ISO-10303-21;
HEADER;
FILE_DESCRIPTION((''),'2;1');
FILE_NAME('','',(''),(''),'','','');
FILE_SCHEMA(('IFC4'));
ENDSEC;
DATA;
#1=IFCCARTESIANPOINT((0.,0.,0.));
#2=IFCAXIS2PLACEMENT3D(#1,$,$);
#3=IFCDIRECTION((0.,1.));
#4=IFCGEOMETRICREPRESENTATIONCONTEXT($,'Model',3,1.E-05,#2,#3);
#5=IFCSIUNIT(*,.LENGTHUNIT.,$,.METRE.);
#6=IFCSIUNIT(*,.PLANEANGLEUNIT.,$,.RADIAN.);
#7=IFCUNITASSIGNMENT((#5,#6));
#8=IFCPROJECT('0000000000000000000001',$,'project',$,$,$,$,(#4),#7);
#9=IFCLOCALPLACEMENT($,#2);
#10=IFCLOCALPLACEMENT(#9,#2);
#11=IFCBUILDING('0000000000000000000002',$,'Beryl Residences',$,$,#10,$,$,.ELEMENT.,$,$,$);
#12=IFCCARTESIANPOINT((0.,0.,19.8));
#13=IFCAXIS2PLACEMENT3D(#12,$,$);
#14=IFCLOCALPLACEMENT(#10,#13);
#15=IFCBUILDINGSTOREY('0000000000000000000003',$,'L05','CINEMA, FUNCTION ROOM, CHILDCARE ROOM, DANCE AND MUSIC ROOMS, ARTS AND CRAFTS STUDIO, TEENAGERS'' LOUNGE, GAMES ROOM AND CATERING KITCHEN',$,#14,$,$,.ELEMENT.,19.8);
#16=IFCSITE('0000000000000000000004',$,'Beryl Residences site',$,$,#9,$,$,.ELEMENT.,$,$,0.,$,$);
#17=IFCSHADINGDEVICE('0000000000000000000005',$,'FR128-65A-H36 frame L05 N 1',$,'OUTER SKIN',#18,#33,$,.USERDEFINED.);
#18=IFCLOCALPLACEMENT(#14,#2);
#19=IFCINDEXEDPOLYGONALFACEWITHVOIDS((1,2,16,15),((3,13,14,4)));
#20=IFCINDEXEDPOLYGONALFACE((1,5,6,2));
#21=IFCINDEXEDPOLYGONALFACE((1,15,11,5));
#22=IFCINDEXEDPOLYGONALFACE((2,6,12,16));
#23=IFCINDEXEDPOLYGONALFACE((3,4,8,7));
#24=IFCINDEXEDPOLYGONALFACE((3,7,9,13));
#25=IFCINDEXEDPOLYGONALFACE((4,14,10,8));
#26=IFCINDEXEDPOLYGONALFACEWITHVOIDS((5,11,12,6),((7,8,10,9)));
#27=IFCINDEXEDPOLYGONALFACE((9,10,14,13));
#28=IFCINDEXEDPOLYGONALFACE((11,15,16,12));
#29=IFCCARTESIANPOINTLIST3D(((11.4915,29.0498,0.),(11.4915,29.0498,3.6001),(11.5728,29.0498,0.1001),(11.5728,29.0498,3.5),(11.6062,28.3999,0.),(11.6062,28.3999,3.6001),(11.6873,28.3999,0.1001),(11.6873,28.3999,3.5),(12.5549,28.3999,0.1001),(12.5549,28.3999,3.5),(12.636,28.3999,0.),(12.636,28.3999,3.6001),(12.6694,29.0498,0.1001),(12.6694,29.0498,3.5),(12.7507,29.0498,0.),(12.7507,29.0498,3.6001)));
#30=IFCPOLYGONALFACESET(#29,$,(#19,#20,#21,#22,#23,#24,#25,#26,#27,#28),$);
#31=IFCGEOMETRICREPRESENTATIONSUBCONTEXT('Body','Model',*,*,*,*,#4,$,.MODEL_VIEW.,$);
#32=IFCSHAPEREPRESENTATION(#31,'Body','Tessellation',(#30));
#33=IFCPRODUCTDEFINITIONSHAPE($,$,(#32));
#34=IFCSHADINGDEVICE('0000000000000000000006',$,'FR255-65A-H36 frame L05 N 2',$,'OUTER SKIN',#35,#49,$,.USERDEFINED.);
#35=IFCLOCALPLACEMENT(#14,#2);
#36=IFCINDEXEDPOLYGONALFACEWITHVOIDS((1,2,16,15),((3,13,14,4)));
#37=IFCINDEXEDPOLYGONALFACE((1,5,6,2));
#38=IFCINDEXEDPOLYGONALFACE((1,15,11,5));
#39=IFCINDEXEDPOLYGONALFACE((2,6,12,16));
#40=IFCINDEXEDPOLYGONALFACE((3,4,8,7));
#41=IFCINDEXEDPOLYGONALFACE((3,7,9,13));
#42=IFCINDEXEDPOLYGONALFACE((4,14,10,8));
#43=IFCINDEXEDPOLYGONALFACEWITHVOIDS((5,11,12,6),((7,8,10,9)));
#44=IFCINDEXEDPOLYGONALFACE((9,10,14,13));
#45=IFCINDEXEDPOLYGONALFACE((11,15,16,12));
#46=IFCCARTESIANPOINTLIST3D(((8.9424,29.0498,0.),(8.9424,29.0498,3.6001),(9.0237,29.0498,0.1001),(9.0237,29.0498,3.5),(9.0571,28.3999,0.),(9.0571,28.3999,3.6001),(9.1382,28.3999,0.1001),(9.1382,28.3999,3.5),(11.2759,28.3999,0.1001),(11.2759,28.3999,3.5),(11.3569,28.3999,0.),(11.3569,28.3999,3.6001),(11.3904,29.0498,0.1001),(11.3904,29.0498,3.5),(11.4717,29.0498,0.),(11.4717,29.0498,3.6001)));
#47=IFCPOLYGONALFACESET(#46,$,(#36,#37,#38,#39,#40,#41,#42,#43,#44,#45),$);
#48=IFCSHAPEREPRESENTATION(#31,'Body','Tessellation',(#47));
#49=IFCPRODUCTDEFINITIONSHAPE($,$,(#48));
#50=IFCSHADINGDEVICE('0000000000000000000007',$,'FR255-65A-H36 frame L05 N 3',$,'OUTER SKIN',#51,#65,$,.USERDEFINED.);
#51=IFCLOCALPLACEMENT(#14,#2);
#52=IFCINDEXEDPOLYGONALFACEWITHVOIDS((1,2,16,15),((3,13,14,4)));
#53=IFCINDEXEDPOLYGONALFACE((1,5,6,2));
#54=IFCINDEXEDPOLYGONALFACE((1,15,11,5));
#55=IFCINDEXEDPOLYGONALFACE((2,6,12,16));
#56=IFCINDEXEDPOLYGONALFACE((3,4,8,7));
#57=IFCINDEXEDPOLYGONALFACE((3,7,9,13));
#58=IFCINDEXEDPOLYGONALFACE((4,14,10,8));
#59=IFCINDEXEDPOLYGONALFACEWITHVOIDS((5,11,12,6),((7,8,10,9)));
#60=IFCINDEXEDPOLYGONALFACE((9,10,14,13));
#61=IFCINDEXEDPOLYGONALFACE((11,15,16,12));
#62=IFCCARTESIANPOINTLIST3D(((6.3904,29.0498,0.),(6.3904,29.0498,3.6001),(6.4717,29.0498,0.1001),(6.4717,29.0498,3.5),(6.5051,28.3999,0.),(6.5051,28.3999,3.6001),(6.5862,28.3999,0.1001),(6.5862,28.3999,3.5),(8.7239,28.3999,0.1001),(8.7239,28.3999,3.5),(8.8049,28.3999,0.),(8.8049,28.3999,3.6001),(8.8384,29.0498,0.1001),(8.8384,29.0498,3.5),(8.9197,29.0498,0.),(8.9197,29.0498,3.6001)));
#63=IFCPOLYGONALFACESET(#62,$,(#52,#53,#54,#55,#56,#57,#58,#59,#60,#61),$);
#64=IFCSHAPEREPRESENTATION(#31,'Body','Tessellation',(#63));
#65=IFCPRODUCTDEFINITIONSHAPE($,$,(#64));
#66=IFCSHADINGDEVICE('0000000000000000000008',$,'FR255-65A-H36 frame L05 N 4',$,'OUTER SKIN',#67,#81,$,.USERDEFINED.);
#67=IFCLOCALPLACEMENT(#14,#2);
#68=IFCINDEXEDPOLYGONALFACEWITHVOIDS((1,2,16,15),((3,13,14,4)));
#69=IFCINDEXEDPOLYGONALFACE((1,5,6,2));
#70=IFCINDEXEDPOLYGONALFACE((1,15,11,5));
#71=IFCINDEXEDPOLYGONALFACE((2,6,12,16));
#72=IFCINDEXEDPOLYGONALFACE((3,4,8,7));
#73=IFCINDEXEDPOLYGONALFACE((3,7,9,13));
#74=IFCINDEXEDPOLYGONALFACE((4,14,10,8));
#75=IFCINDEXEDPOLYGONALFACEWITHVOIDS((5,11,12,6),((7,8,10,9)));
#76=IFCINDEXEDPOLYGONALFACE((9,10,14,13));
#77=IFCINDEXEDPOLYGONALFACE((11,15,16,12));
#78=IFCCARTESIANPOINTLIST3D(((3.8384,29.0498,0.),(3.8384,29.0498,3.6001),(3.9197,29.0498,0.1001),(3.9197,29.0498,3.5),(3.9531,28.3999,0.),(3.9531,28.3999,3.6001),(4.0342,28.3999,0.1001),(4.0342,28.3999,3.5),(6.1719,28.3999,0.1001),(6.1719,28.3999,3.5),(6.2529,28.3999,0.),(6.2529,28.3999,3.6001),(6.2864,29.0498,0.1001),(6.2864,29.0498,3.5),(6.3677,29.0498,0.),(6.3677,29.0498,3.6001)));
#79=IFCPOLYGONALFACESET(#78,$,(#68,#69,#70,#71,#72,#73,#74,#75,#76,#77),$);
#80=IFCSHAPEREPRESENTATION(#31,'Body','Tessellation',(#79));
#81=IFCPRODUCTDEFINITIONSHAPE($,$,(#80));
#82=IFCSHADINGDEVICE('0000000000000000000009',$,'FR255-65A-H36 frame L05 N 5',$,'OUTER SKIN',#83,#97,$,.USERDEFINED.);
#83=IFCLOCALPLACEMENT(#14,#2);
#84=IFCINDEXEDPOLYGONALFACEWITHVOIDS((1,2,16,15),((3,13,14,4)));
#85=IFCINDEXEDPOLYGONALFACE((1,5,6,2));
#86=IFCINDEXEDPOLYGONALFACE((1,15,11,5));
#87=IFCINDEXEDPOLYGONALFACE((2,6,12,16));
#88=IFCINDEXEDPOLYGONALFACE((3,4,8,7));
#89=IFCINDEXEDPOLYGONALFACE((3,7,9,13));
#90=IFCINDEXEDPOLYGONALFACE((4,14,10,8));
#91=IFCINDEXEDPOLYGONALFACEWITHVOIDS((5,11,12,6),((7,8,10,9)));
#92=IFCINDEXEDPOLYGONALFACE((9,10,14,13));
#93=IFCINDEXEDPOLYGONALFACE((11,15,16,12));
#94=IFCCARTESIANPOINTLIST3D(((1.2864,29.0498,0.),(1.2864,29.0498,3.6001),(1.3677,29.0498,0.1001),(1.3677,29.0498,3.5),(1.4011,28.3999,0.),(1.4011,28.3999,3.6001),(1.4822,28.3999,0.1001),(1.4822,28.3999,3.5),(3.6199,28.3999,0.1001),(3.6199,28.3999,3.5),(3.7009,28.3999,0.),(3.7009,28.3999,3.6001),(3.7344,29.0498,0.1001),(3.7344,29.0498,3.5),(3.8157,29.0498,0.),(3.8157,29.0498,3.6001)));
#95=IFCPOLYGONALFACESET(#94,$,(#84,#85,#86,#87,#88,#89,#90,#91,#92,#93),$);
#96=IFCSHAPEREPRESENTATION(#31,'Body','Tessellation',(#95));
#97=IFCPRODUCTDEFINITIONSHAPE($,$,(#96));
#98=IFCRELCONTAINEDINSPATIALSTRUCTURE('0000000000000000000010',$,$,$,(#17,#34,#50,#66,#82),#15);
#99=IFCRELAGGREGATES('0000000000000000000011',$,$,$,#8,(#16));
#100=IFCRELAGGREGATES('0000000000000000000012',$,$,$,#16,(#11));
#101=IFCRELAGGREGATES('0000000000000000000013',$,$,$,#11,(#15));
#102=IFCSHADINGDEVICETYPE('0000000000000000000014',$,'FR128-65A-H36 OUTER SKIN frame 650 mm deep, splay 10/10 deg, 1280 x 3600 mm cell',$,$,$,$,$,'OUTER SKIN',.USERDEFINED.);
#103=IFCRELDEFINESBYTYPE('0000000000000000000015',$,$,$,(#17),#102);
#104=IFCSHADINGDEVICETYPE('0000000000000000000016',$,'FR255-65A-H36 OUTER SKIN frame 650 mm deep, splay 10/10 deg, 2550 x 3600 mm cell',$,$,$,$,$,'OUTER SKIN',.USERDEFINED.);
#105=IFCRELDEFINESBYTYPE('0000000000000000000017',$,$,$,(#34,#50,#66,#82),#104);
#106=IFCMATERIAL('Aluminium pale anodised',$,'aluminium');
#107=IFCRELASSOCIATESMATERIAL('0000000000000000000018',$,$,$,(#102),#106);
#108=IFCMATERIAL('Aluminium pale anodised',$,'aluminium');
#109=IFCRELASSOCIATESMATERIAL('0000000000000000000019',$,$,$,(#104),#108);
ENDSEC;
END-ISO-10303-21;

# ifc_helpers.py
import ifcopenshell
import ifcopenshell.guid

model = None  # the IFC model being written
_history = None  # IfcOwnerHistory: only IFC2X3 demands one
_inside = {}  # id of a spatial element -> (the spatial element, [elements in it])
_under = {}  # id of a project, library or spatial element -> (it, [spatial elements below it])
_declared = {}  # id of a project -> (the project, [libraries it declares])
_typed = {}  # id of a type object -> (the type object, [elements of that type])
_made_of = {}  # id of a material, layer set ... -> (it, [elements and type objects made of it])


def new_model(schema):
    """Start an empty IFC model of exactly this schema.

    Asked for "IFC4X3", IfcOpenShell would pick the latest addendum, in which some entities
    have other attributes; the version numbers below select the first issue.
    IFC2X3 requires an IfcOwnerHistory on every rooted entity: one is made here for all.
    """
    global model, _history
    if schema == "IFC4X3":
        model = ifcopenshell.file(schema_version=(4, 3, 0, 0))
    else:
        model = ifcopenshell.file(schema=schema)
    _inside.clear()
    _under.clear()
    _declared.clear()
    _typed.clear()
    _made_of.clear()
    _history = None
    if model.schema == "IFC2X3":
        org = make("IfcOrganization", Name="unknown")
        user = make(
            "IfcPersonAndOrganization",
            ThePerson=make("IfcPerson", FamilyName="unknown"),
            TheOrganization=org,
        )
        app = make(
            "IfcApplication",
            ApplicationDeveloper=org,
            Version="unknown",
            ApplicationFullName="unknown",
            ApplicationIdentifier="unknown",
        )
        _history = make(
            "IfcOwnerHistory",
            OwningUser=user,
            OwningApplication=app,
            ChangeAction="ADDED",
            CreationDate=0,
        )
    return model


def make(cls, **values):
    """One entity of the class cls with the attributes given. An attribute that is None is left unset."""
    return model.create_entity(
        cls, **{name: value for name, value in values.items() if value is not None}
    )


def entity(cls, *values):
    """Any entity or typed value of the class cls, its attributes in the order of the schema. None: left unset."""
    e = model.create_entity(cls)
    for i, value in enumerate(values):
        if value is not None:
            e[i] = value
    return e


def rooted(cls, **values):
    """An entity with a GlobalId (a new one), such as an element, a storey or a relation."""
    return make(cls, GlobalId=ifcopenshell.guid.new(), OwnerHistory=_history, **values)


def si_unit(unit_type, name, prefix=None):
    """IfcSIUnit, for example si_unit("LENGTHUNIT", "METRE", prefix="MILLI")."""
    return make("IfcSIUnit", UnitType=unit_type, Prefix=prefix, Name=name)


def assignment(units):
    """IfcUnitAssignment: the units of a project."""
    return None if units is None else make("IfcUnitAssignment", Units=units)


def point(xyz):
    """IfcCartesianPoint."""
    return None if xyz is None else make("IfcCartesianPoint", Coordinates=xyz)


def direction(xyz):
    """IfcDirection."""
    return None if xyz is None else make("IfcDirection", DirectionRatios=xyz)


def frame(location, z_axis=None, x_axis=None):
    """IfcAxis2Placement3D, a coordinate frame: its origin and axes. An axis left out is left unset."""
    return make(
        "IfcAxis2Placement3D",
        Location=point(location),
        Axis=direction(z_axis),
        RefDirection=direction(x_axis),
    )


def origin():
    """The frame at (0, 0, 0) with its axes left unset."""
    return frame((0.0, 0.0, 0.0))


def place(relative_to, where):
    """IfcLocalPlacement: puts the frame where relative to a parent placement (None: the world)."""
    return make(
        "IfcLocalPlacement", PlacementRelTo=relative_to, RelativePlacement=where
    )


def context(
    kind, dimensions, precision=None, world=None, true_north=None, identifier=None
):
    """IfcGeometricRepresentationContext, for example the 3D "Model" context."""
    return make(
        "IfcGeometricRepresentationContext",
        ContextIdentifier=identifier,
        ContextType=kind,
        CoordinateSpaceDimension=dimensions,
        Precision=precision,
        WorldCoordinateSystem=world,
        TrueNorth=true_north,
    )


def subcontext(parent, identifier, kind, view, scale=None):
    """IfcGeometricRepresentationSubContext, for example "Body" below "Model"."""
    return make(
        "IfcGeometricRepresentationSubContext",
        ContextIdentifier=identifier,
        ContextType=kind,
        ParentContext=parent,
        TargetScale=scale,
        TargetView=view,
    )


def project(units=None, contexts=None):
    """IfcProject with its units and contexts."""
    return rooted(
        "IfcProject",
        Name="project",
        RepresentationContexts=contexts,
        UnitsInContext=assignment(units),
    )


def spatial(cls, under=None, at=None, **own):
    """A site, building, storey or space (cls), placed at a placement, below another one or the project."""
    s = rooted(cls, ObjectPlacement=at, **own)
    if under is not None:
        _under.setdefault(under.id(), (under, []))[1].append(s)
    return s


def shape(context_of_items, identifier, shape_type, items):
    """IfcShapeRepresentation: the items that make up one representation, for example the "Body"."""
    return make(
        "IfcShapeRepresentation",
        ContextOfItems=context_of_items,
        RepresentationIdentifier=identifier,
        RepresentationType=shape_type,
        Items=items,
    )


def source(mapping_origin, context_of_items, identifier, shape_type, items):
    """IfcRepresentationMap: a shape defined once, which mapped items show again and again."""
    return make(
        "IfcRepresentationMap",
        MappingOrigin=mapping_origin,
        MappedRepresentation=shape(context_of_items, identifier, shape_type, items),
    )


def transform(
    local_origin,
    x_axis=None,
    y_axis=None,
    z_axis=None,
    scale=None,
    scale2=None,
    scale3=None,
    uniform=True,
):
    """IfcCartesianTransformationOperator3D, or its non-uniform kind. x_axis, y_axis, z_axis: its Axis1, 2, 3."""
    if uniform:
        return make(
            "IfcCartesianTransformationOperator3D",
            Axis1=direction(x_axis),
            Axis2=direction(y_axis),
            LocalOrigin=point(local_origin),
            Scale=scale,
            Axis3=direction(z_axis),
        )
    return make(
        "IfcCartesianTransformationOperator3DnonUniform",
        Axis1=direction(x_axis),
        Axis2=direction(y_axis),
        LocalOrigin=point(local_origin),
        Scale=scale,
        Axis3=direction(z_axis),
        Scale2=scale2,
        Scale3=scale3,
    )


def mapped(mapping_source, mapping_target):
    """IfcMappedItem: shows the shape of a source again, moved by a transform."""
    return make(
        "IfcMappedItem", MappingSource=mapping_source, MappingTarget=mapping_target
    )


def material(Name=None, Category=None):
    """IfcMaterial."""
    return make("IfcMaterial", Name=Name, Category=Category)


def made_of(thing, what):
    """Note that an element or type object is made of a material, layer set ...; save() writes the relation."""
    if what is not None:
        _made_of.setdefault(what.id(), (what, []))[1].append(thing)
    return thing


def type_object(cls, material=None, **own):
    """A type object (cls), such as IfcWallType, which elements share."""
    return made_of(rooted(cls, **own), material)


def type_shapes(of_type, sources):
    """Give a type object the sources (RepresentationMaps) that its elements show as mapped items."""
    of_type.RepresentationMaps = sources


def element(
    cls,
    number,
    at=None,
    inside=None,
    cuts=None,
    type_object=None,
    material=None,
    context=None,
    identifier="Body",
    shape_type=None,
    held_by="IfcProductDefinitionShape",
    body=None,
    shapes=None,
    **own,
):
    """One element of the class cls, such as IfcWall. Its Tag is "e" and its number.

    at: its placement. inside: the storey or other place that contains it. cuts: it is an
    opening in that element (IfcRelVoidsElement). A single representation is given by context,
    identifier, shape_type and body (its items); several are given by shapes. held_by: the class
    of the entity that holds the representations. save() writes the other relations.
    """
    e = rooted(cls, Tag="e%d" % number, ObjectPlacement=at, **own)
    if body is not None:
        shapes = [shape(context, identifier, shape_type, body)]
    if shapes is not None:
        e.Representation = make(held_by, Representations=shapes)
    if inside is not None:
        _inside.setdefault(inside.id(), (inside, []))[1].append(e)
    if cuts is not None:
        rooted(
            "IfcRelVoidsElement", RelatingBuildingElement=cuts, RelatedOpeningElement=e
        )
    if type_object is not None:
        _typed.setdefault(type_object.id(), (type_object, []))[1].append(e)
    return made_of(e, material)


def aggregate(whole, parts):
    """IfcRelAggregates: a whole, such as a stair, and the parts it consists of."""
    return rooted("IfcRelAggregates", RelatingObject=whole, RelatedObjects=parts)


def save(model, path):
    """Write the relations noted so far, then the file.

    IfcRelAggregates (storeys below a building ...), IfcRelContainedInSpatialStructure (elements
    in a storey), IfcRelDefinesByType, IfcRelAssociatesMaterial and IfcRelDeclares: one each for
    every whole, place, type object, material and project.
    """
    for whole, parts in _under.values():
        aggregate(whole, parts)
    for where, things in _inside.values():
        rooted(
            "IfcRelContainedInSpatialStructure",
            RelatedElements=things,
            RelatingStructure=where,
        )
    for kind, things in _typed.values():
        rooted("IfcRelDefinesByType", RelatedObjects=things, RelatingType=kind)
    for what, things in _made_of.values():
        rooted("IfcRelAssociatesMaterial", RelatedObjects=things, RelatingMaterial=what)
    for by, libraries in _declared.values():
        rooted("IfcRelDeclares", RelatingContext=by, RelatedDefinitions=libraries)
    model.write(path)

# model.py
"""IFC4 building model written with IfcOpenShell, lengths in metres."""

from ifc_helpers import new_model, entity, si_unit, direction, frame, origin, place, context, subcontext, project, spatial, source, transform, mapped, material, type_object, type_shapes, element, save


model = new_model("IFC4")

# Units and contexts
model_context = context("Model", 3, precision=1e-05, world=origin(), true_north=direction((0.0, 1.0)))
body_context = subcontext(model_context, "Body", "Model", "MODEL_VIEW")
ifc_project = project(units=[si_unit("LENGTHUNIT", "METRE"), si_unit("PLANEANGLEUNIT", "RADIAN")], contexts=[model_context])

# Site, building, storey
site_placement = place(None, origin())
site = spatial("IfcSite", under=ifc_project, at=site_placement, Name="Beryl Residences site", CompositionType="ELEMENT", RefElevation=0.0)
building_placement = place(site_placement, origin())
building = spatial("IfcBuilding", under=site, at=building_placement, Name="Beryl Residences", CompositionType="ELEMENT")
storey_placement = place(building_placement, frame((0.0, 0.0, 19.8)))
storey = spatial("IfcBuildingStorey", under=building, at=storey_placement, Name="L05", Description="CINEMA, FUNCTION ROOM, CHILDCARE ROOM, DANCE AND MUSIC ROOMS, ARTS AND CRAFTS STUDIO, TEENAGERS' LOUNGE, GAMES ROOM AND CATERING KITCHEN", CompositionType="ELEMENT", Elevation=19.8)

# Shading devices
ifc_material_1 = material(Name="Aluminium pale anodised", Category="aluminium")
shading_device_type_1 = type_object("IfcShadingDeviceType", Name="FR128-65A-H36 OUTER SKIN frame 650 mm deep, splay 10/10 deg, 1280 x 3600 mm cell", ElementType="OUTER SKIN", PredefinedType="USERDEFINED", material=ifc_material_1)
cartesian_point_1 = entity("IfcCartesianPoint", [-0.5149, 0.0])
cartesian_point_2 = entity("IfcCartesianPoint", [-0.4338, 0.1001])
cartesian_point_3 = entity("IfcCartesianPoint", [-0.6296, 0.0])
cartesian_point_4 = entity("IfcCartesianPoint", [-0.5483, 0.1001])
shared_shape_1 = source(origin(), body_context, "Body", "SweptSolid", [
    entity("IfcExtrudedAreaSolidTapered", entity("IfcArbitraryProfileDefWithVoids", "AREA", None, entity("IfcPolyline", [cartesian_point_1, entity("IfcCartesianPoint", [0.5149, 0.0]), entity("IfcCartesianPoint", [0.5149, 3.6001]), entity("IfcCartesianPoint", [-0.5149, 3.6001]), cartesian_point_1]), [entity("IfcPolyline", [cartesian_point_2, entity("IfcCartesianPoint", [0.4338, 0.1001]), entity("IfcCartesianPoint", [0.4338, 3.5]), entity("IfcCartesianPoint", [-0.4338, 3.5]), cartesian_point_2])]), entity("IfcAxis2Placement3D", entity("IfcCartesianPoint", [0.0, 0.0, 0.0]), entity("IfcDirection", [0.0, 1.0, 0.0]), entity("IfcDirection", [-1.0, 0.0, 0.0])), entity("IfcDirection", [0.0, 0.0, 1.0]), 0.6499, entity("IfcArbitraryProfileDefWithVoids", "AREA", None, entity("IfcPolyline", [cartesian_point_3, entity("IfcCartesianPoint", [0.6296, 0.0]), entity("IfcCartesianPoint", [0.6296, 3.6001]), entity("IfcCartesianPoint", [-0.6296, 3.6001]), cartesian_point_3]), [entity("IfcPolyline", [cartesian_point_4, entity("IfcCartesianPoint", [0.5483, 0.1001]), entity("IfcCartesianPoint", [0.5483, 3.5]), entity("IfcCartesianPoint", [-0.5483, 3.5]), cartesian_point_4])])),
])
type_shapes(shading_device_type_1, [shared_shape_1])
shading_device_placement = place(storey_placement, frame((12.1211, 28.3999, 0.0), z_axis=(0.0, 0.0, 1.0), x_axis=(1.0, 0.0, 0.0)))
element("IfcShadingDevice", 1, at=shading_device_placement, inside=storey, type_object=shading_device_type_1, Name="FR128-65A-H36 frame L05 N 1", ObjectType="OUTER SKIN", PredefinedType="USERDEFINED", context=body_context, shape_type="MappedRepresentation", body=[
    mapped(shared_shape_1, transform((0.0, 0.0, 0.0))),
])
ifc_material_2 = material(Name="Aluminium pale anodised", Category="aluminium")
shading_device_type_2 = type_object("IfcShadingDeviceType", Name="FR255-65A-H36 OUTER SKIN frame 650 mm deep, splay 10/10 deg, 2550 x 3600 mm cell", ElementType="OUTER SKIN", PredefinedType="USERDEFINED", material=ifc_material_2)
cartesian_point_5 = entity("IfcCartesianPoint", [-1.1499, 0.0])
cartesian_point_6 = entity("IfcCartesianPoint", [-1.0688, 0.1001])
cartesian_point_7 = entity("IfcCartesianPoint", [-1.2646, 0.0])
cartesian_point_8 = entity("IfcCartesianPoint", [-1.1833, 0.1001])
shared_shape_2 = source(origin(), body_context, "Body", "SweptSolid", [
    entity("IfcExtrudedAreaSolidTapered", entity("IfcArbitraryProfileDefWithVoids", "AREA", None, entity("IfcPolyline", [cartesian_point_5, entity("IfcCartesianPoint", [1.1499, 0.0]), entity("IfcCartesianPoint", [1.1499, 3.6001]), entity("IfcCartesianPoint", [-1.1499, 3.6001]), cartesian_point_5]), [entity("IfcPolyline", [cartesian_point_6, entity("IfcCartesianPoint", [1.0688, 0.1001]), entity("IfcCartesianPoint", [1.0688, 3.5]), entity("IfcCartesianPoint", [-1.0688, 3.5]), cartesian_point_6])]), entity("IfcAxis2Placement3D", entity("IfcCartesianPoint", [0.0, 0.0, 0.0]), entity("IfcDirection", [0.0, 1.0, 0.0]), entity("IfcDirection", [-1.0, 0.0, 0.0])), entity("IfcDirection", [0.0, 0.0, 1.0]), 0.6499, entity("IfcArbitraryProfileDefWithVoids", "AREA", None, entity("IfcPolyline", [cartesian_point_7, entity("IfcCartesianPoint", [1.2646, 0.0]), entity("IfcCartesianPoint", [1.2646, 3.6001]), entity("IfcCartesianPoint", [-1.2646, 3.6001]), cartesian_point_7]), [entity("IfcPolyline", [cartesian_point_8, entity("IfcCartesianPoint", [1.1833, 0.1001]), entity("IfcCartesianPoint", [1.1833, 3.5]), entity("IfcCartesianPoint", [-1.1833, 3.5]), cartesian_point_8])])),
])
type_shapes(shading_device_type_2, [shared_shape_2])
for number, where, z_axis, x_axis, name in (
    (2, (10.207, 28.3999, 0.0), (0.0, 0.0, 1.0), (1.0, 0.0, 0.0), "FR255-65A-H36 frame L05 N 2"),
    (3, (7.655, 28.3999, 0.0), (0.0, 0.0, 1.0), (1.0, 0.0, 0.0), "FR255-65A-H36 frame L05 N 3"),
    (4, (5.103, 28.3999, 0.0), (0.0, 0.0, 1.0), (1.0, 0.0, 0.0), "FR255-65A-H36 frame L05 N 4"),
    (5, (2.551, 28.3999, 0.0), (0.0, 0.0, 1.0), (1.0, 0.0, 0.0), "FR255-65A-H36 frame L05 N 5"),
):
    element("IfcShadingDevice", number, at=place(storey_placement, frame(where, z_axis=z_axis, x_axis=x_axis)), inside=storey, type_object=shading_device_type_2, Name=name, ObjectType="OUTER SKIN", PredefinedType="USERDEFINED", context=body_context, shape_type="MappedRepresentation", body=[
        mapped(shared_shape_2, transform((0.0, 0.0, 0.0))),
    ])

save(model, "model.ifc")
